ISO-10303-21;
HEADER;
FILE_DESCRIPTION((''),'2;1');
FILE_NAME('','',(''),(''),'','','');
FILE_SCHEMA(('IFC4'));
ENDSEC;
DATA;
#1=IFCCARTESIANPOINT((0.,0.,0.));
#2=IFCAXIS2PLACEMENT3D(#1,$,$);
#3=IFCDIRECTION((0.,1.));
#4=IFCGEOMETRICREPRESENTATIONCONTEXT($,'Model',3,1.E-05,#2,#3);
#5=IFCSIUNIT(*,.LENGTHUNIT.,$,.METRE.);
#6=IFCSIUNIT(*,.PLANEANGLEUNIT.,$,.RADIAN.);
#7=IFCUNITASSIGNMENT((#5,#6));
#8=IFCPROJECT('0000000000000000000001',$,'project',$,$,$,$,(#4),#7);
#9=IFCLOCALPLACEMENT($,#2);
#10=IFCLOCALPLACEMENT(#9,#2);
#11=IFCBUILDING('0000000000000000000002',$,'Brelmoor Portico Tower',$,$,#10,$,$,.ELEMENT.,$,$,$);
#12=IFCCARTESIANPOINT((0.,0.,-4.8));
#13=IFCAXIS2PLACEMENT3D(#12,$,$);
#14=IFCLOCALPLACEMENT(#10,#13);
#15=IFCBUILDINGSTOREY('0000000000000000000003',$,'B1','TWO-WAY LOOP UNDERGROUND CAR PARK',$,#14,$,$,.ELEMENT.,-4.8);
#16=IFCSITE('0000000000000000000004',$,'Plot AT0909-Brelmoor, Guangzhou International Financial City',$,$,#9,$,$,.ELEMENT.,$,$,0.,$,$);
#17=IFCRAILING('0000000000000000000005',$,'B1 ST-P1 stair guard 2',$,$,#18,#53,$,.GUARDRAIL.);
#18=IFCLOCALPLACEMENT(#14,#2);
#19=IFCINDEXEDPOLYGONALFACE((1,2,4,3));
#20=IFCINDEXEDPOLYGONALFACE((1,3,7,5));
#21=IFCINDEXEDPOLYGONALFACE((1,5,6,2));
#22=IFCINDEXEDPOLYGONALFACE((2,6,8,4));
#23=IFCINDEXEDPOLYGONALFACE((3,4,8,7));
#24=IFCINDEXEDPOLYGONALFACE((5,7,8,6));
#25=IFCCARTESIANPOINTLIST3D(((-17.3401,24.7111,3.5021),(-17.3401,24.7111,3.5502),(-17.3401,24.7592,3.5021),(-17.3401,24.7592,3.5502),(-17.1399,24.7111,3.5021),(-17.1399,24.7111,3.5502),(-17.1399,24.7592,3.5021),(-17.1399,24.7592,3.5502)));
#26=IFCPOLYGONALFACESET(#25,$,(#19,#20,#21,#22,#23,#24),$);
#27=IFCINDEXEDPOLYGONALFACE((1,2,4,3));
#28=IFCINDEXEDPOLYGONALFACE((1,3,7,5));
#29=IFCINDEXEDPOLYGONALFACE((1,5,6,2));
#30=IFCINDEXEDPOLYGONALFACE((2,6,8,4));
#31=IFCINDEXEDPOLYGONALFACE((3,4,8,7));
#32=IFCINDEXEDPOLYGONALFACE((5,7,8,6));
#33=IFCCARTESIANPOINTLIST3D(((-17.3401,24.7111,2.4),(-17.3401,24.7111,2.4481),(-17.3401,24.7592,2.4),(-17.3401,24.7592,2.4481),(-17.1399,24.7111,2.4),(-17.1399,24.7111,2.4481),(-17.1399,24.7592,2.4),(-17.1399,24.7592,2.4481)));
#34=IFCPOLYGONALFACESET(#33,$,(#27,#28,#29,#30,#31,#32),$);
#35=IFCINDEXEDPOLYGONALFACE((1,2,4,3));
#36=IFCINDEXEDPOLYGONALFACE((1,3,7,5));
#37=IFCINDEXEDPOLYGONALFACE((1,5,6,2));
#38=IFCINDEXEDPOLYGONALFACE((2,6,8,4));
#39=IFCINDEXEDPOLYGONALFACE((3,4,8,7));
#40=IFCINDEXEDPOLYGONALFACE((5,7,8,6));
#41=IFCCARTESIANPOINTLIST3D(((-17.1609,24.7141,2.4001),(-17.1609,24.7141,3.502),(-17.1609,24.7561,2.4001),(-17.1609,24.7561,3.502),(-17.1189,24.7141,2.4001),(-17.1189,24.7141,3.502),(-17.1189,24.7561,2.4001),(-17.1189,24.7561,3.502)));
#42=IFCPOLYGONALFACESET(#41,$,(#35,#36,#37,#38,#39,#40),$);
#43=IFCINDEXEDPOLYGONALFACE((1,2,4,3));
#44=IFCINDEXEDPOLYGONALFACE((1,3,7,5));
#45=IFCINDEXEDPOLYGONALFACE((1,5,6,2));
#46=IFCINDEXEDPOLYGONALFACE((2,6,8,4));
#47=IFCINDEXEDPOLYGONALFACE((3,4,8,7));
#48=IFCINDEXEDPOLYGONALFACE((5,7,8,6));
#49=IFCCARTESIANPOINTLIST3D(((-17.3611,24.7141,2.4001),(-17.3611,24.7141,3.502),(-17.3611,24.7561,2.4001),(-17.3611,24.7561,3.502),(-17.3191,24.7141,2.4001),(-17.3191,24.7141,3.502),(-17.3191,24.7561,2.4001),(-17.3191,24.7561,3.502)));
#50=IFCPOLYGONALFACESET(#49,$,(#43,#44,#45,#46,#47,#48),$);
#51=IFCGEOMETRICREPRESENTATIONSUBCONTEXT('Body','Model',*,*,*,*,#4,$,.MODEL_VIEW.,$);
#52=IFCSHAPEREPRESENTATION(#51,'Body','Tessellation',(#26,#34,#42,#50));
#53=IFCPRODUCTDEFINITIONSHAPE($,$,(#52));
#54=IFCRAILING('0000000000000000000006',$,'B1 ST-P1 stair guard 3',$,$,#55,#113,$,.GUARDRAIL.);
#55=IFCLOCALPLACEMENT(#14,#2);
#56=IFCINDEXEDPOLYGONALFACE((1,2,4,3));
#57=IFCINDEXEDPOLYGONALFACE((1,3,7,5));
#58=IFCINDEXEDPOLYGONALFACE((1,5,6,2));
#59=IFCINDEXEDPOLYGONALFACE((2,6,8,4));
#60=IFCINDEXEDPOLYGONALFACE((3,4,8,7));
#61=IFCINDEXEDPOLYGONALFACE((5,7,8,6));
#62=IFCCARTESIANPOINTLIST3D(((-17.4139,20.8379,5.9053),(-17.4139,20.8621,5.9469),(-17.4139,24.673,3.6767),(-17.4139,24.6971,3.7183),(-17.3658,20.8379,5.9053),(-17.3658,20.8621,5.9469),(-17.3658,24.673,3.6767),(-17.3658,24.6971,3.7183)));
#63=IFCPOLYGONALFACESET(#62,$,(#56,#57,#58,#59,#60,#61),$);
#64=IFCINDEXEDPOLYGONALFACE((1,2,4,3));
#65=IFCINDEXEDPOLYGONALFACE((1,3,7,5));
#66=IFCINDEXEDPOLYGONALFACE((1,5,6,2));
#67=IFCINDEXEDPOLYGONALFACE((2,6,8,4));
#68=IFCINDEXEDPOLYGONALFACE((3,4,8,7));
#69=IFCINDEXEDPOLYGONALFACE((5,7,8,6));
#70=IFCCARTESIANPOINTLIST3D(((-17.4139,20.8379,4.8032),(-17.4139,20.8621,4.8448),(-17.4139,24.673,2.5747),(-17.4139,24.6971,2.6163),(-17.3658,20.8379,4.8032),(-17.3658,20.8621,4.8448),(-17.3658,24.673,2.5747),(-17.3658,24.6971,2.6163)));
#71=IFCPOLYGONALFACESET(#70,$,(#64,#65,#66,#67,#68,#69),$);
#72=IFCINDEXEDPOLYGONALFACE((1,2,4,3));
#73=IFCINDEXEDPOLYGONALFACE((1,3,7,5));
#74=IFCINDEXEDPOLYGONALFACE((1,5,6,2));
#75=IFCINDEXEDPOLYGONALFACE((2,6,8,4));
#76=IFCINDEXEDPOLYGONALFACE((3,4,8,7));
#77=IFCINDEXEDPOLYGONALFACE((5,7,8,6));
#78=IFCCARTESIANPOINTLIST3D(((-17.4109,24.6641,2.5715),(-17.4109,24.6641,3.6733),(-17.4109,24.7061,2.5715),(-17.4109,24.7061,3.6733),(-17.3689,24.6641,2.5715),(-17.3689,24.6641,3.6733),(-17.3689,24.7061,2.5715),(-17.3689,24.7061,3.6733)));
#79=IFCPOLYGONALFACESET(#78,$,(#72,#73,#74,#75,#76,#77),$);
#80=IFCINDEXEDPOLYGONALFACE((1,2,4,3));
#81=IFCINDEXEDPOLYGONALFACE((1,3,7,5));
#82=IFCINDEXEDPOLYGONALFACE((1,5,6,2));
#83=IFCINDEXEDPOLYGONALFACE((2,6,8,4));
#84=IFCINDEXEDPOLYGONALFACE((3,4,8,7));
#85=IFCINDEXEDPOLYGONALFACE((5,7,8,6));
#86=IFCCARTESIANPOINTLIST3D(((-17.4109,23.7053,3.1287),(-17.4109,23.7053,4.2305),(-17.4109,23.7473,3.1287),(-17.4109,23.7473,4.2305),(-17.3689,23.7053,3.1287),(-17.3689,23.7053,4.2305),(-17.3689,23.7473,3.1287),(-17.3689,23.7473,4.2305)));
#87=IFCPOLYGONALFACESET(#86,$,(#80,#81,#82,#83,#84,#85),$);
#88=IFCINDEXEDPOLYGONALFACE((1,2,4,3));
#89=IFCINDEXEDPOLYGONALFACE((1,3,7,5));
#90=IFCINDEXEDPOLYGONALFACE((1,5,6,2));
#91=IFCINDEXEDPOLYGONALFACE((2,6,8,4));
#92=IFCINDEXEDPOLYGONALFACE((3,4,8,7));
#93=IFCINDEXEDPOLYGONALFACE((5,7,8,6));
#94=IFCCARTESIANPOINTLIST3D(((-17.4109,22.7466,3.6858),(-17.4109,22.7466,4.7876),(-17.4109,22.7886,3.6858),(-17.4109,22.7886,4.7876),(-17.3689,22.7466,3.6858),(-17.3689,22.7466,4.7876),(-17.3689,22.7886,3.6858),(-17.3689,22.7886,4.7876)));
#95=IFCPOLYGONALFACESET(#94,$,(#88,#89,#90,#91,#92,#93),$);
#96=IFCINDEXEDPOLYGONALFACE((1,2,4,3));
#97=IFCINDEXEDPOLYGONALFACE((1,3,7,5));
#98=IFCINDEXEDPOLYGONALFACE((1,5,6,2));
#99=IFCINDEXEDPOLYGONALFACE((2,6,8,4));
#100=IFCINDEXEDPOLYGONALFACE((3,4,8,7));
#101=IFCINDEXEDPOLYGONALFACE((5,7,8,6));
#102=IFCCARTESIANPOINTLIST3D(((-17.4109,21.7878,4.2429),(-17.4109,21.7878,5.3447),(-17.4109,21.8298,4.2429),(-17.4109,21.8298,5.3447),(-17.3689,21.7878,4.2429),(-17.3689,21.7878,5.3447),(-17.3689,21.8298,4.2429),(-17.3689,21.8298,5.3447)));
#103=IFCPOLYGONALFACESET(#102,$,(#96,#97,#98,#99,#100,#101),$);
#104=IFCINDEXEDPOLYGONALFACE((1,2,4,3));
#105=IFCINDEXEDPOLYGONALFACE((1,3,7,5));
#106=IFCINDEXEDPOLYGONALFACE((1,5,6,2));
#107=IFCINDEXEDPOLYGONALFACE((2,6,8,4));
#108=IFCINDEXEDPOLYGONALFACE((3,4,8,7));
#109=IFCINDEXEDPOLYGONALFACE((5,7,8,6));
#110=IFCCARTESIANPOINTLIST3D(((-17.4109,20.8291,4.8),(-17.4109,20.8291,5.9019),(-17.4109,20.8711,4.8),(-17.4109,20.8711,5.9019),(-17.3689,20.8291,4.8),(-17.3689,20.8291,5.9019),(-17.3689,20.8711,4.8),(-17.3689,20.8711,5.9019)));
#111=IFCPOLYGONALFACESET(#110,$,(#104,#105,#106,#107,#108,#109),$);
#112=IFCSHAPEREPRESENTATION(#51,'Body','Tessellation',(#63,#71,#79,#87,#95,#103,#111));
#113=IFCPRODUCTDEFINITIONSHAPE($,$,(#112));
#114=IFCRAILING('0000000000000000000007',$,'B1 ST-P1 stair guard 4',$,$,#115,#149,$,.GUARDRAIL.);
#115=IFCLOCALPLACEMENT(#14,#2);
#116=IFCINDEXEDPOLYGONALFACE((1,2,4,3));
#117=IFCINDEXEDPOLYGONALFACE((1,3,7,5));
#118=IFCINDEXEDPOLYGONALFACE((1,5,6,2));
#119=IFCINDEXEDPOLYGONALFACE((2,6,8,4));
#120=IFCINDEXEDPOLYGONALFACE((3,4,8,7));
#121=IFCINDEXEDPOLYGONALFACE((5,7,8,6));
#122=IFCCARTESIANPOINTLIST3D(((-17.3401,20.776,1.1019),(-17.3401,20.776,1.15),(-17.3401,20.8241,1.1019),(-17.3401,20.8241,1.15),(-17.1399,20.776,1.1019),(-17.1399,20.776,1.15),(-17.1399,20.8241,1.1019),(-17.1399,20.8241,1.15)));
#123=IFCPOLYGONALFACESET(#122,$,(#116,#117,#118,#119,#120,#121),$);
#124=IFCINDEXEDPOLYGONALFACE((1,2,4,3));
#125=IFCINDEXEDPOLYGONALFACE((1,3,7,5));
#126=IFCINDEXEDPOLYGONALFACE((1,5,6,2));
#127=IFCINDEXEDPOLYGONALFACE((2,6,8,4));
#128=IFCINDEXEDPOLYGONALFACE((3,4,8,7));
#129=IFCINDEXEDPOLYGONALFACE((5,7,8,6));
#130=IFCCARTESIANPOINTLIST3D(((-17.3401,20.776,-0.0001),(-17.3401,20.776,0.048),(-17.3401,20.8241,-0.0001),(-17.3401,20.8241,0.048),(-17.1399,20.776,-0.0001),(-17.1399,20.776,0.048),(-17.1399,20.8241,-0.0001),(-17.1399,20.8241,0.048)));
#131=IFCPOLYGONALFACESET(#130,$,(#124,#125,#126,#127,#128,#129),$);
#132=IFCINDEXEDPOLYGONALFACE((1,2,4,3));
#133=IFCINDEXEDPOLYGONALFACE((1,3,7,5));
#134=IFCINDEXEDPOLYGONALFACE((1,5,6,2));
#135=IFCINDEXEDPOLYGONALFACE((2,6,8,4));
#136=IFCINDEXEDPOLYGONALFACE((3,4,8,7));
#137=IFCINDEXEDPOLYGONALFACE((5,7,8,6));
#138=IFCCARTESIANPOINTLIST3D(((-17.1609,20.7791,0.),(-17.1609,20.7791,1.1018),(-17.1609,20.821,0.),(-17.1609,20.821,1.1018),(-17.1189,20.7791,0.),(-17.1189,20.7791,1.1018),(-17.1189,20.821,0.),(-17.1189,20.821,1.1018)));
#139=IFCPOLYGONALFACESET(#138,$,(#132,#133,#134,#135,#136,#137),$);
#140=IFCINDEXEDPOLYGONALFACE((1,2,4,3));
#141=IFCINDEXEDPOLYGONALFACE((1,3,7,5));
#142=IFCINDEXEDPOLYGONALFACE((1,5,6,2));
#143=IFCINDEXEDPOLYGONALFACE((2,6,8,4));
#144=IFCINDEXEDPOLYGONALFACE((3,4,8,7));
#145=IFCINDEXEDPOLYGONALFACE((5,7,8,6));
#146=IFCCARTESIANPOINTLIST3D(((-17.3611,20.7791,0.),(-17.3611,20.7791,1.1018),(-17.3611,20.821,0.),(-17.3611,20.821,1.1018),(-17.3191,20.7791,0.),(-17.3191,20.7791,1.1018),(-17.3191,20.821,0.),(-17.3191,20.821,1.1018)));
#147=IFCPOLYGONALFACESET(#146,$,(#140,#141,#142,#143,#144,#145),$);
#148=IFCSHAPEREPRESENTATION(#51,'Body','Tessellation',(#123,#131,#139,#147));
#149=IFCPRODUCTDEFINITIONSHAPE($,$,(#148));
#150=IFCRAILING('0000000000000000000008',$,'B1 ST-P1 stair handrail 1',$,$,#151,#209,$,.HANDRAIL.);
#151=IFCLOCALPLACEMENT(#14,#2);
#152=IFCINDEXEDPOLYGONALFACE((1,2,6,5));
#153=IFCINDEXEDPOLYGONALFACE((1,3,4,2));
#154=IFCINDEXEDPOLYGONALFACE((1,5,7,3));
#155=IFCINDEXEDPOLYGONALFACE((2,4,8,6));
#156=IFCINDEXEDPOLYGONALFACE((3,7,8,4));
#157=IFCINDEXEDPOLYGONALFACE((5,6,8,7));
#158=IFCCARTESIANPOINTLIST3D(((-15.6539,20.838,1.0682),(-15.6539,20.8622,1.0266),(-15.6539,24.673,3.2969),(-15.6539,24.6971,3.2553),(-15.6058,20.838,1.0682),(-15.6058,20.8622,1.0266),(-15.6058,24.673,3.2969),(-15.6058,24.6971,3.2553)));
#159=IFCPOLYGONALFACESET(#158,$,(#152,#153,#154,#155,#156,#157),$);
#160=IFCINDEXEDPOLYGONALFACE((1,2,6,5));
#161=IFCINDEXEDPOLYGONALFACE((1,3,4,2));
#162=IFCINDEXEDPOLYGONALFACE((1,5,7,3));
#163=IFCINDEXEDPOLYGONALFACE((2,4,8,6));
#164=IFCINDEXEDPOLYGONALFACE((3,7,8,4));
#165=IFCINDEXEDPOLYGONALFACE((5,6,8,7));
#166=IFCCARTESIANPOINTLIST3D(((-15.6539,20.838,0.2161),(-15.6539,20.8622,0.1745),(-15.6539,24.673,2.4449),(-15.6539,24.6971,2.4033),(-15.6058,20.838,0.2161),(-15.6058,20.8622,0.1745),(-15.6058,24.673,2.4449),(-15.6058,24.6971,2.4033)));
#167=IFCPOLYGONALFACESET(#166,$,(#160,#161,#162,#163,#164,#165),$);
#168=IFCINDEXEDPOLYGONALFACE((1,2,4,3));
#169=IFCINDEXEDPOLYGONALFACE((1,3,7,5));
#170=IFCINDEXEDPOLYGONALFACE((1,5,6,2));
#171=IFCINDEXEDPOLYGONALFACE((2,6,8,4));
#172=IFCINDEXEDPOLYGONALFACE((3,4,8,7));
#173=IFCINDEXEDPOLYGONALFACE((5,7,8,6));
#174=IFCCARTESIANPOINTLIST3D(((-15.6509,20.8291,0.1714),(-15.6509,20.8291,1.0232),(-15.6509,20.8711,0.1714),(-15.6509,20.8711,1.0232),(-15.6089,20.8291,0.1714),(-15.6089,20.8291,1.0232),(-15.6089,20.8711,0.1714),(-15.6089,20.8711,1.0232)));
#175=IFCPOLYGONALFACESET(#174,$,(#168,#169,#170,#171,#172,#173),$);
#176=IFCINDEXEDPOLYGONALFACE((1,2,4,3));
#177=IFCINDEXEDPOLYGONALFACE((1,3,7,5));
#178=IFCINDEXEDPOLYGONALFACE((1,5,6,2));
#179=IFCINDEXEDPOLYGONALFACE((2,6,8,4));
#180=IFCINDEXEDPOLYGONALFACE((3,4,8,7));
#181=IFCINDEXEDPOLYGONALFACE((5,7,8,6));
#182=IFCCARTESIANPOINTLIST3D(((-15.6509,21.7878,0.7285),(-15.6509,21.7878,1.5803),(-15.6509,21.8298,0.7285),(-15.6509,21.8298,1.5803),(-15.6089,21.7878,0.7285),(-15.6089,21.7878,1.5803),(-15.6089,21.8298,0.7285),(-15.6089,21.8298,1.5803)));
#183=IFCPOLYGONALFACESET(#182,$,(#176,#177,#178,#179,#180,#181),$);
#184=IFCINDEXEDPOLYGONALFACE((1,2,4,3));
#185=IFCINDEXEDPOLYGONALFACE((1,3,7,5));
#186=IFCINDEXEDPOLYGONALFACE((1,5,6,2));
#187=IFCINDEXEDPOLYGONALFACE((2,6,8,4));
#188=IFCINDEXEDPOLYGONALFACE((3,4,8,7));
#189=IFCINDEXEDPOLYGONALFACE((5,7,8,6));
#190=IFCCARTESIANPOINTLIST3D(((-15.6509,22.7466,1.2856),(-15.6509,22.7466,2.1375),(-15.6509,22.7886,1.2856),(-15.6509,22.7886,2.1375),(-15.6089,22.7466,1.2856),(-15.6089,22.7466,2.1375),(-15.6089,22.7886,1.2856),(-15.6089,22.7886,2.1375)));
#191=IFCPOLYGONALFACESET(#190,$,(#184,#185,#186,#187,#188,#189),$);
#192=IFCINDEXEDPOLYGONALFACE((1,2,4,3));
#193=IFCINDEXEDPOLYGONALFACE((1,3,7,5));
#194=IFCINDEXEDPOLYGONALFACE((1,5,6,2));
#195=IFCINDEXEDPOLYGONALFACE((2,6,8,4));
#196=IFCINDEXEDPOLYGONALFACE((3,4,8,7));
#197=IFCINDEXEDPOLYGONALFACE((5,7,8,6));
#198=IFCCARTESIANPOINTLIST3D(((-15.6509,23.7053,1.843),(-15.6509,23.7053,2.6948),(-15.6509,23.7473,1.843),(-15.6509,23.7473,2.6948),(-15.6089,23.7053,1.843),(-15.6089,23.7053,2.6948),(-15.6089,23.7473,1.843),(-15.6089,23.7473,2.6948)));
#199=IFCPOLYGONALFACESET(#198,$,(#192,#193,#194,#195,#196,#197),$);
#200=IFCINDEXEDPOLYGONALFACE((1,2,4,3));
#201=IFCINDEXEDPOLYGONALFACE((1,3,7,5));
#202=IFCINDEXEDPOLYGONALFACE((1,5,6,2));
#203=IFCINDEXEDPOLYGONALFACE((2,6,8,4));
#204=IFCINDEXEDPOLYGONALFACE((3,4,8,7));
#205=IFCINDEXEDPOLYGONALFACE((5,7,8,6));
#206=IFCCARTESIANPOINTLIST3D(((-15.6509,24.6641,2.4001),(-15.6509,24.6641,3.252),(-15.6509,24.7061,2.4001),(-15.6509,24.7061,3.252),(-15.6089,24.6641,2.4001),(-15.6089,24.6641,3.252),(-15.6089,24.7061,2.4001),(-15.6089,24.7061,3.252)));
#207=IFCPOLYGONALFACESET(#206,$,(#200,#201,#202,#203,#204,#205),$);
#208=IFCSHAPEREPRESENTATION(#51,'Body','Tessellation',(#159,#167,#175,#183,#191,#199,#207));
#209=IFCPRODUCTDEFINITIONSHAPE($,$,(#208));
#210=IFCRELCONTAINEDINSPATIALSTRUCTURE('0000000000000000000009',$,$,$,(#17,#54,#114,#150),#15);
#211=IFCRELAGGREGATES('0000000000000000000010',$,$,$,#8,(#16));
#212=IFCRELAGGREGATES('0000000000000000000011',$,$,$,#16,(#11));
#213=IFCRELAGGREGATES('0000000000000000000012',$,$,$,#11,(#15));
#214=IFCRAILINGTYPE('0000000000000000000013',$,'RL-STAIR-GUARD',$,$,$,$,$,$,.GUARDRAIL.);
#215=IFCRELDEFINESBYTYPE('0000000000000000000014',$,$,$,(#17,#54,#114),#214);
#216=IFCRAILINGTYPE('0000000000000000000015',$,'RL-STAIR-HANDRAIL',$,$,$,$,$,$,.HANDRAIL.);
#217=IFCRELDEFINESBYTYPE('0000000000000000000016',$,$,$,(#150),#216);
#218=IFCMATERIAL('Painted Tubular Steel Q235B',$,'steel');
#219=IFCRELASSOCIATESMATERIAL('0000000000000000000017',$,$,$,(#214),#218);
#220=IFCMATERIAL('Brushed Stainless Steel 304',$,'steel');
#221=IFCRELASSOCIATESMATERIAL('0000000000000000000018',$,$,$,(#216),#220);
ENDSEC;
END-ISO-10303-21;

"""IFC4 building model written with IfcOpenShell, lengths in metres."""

from ifc_helpers import new_model, si_unit, direction, frame, origin, origin_2d, place, context, subcontext, project, spatial, rectangle, extrude, material, type_object, element, save


model = new_model("IFC4")

# Units and contexts
model_context = context("Model", 3, precision=1e-05, world=origin(), true_north=direction((0.0, 1.0)))
body_context = subcontext(model_context, "Body", "Model", "MODEL_VIEW")
ifc_project = project(units=[si_unit("LENGTHUNIT", "METRE"), si_unit("PLANEANGLEUNIT", "RADIAN")], contexts=[model_context])

# Site, building, storey
site_placement = place(None, origin())
site = spatial("IfcSite", under=ifc_project, at=site_placement, Name="Plot AT0909-Brelmoor, Guangzhou International Financial City", CompositionType="ELEMENT", RefElevation=0.0)
building_placement = place(site_placement, origin())
building = spatial("IfcBuilding", under=site, at=building_placement, Name="Brelmoor Portico Tower", CompositionType="ELEMENT")
storey_placement = place(building_placement, frame((0.0, 0.0, -4.8)))
storey = spatial("IfcBuildingStorey", under=building, at=storey_placement, Name="B1", Description="TWO-WAY LOOP UNDERGROUND CAR PARK", CompositionType="ELEMENT", Elevation=-4.8)

# Railings
ifc_material_1 = material(Name="Painted Tubular Steel Q235B", Category="steel")
railing_type_1 = type_object("IfcRailingType", Name="RL-STAIR-GUARD", PredefinedType="GUARDRAIL", material=ifc_material_1)
railing_1_placement = place(storey_placement, frame((-17.1399, 24.7351, 2.4001)))
element("IfcRailing", 1, at=railing_1_placement, inside=storey, type_object=railing_type_1, Name="B1 ST-P1 stair guard 2", PredefinedType="GUARDRAIL", context=body_context, shape_type="SweptSolid", body=[
    extrude(rectangle(XDim=0.0481, YDim=0.0481, at=origin_2d()), frame((0.0, 0.0, 1.126), z_axis=(-1.0, 0.0, 0.0), x_axis=(0.0, -1.0, 0.0)), (0.0, 0.0, 1.0), 0.2002),
    extrude(rectangle(XDim=0.0481, YDim=0.0481, at=origin_2d()), frame((0.0, 0.0, 0.0239), z_axis=(-1.0, 0.0, 0.0), x_axis=(0.0, -1.0, 0.0)), (0.0, 0.0, 1.0), 0.2002),
    extrude(rectangle(XDim=0.042, YDim=0.042, at=origin_2d()), origin(), (0.0, 0.0, 1.0), 1.1018),
    extrude(rectangle(XDim=0.042, YDim=0.042, at=origin_2d()), frame((-0.2002, 0.0, 0.0)), (0.0, 0.0, 1.0), 1.1018),
])
railing_2_placement = place(storey_placement, frame((-17.3899, 24.6851, 2.5715)))
element("IfcRailing", 2, at=railing_2_placement, inside=storey, type_object=railing_type_1, Name="B1 ST-P1 stair guard 3", PredefinedType="GUARDRAIL", context=body_context, shape_type="SweptSolid", body=[
    extrude(rectangle(XDim=0.0481, YDim=0.0481, at=origin_2d()), frame((0.0, 0.0, 1.126), z_axis=(0.0, -0.864616, 0.502433), x_axis=(1.0, 0.0, 0.0)), (0.0, 0.0, 1.0), 4.4355),
    extrude(rectangle(XDim=0.0481, YDim=0.0481, at=origin_2d()), frame((0.0, 0.0, 0.0239), z_axis=(0.0, -0.864616, 0.502433), x_axis=(1.0, 0.0, 0.0)), (0.0, 0.0, 1.0), 4.4355),
    extrude(rectangle(XDim=0.042, YDim=0.042, at=origin_2d()), origin(), (0.0, 0.0, 1.0), 1.1018),
    extrude(rectangle(XDim=0.042, YDim=0.042, at=origin_2d()), frame((0.0, -0.9587, 0.5571)), (0.0, 0.0, 1.0), 1.1018),
    extrude(rectangle(XDim=0.042, YDim=0.042, at=origin_2d()), frame((0.0, -1.9175, 1.1143)), (0.0, 0.0, 1.0), 1.1018),
    extrude(rectangle(XDim=0.042, YDim=0.042, at=origin_2d()), frame((0.0, -2.8762, 1.6714)), (0.0, 0.0, 1.0), 1.1018),
    extrude(rectangle(XDim=0.042, YDim=0.042, at=origin_2d()), frame((0.0, -3.835, 2.2285)), (0.0, 0.0, 1.0), 1.1018),
])
railing_3_placement = place(storey_placement, frame((-17.1399, 20.8, 0.0)))
element("IfcRailing", 3, at=railing_3_placement, inside=storey, type_object=railing_type_1, Name="B1 ST-P1 stair guard 4", PredefinedType="GUARDRAIL", context=body_context, shape_type="SweptSolid", body=[
    extrude(rectangle(XDim=0.0481, YDim=0.0481, at=origin_2d()), frame((0.0, 0.0, 1.126), z_axis=(-1.0, 0.0, 0.0), x_axis=(0.0, -1.0, 0.0)), (0.0, 0.0, 1.0), 0.2002),
    extrude(rectangle(XDim=0.0481, YDim=0.0481, at=origin_2d()), frame((0.0, 0.0, 0.0239), z_axis=(-1.0, 0.0, 0.0), x_axis=(0.0, -1.0, 0.0)), (0.0, 0.0, 1.0), 0.2002),
    extrude(rectangle(XDim=0.042, YDim=0.042, at=origin_2d()), origin(), (0.0, 0.0, 1.0), 1.1018),
    extrude(rectangle(XDim=0.042, YDim=0.042, at=origin_2d()), frame((-0.2002, 0.0, 0.0)), (0.0, 0.0, 1.0), 1.1018),
])
ifc_material_2 = material(Name="Brushed Stainless Steel 304", Category="steel")
railing_type_2 = type_object("IfcRailingType", Name="RL-STAIR-HANDRAIL", PredefinedType="HANDRAIL", material=ifc_material_2)
railing_4_placement = place(storey_placement, frame((-15.6299, 20.8501, 0.1714)))
element("IfcRailing", 4, at=railing_4_placement, inside=storey, type_object=railing_type_2, Name="B1 ST-P1 stair handrail 1", PredefinedType="HANDRAIL", context=body_context, shape_type="SweptSolid", body=[
    extrude(rectangle(XDim=0.0481, YDim=0.0481, at=origin_2d()), frame((0.0, 0.0, 0.876), z_axis=(0.0, 0.864592, 0.502474), x_axis=(-1.0, 0.0, 0.0)), (0.0, 0.0, 1.0), 4.4355),
    extrude(rectangle(XDim=0.0481, YDim=0.0481, at=origin_2d()), frame((0.0, 0.0, 0.0239), z_axis=(0.0, 0.864592, 0.502474), x_axis=(-1.0, 0.0, 0.0)), (0.0, 0.0, 1.0), 4.4355),
    extrude(rectangle(XDim=0.042, YDim=0.042, at=origin_2d()), origin(), (0.0, 0.0, 1.0), 0.8518),
    extrude(rectangle(XDim=0.042, YDim=0.042, at=origin_2d()), frame((0.0, 0.9587, 0.5571)), (0.0, 0.0, 1.0), 0.8518),
    extrude(rectangle(XDim=0.042, YDim=0.042, at=origin_2d()), frame((0.0, 1.9175, 1.1143)), (0.0, 0.0, 1.0), 0.8518),
    extrude(rectangle(XDim=0.042, YDim=0.042, at=origin_2d()), frame((0.0, 2.8762, 1.6716)), (0.0, 0.0, 1.0), 0.8518),
    extrude(rectangle(XDim=0.042, YDim=0.042, at=origin_2d()), frame((0.0, 3.835, 2.2288)), (0.0, 0.0, 1.0), 0.8518),
])

save(model, "model.ifc")
